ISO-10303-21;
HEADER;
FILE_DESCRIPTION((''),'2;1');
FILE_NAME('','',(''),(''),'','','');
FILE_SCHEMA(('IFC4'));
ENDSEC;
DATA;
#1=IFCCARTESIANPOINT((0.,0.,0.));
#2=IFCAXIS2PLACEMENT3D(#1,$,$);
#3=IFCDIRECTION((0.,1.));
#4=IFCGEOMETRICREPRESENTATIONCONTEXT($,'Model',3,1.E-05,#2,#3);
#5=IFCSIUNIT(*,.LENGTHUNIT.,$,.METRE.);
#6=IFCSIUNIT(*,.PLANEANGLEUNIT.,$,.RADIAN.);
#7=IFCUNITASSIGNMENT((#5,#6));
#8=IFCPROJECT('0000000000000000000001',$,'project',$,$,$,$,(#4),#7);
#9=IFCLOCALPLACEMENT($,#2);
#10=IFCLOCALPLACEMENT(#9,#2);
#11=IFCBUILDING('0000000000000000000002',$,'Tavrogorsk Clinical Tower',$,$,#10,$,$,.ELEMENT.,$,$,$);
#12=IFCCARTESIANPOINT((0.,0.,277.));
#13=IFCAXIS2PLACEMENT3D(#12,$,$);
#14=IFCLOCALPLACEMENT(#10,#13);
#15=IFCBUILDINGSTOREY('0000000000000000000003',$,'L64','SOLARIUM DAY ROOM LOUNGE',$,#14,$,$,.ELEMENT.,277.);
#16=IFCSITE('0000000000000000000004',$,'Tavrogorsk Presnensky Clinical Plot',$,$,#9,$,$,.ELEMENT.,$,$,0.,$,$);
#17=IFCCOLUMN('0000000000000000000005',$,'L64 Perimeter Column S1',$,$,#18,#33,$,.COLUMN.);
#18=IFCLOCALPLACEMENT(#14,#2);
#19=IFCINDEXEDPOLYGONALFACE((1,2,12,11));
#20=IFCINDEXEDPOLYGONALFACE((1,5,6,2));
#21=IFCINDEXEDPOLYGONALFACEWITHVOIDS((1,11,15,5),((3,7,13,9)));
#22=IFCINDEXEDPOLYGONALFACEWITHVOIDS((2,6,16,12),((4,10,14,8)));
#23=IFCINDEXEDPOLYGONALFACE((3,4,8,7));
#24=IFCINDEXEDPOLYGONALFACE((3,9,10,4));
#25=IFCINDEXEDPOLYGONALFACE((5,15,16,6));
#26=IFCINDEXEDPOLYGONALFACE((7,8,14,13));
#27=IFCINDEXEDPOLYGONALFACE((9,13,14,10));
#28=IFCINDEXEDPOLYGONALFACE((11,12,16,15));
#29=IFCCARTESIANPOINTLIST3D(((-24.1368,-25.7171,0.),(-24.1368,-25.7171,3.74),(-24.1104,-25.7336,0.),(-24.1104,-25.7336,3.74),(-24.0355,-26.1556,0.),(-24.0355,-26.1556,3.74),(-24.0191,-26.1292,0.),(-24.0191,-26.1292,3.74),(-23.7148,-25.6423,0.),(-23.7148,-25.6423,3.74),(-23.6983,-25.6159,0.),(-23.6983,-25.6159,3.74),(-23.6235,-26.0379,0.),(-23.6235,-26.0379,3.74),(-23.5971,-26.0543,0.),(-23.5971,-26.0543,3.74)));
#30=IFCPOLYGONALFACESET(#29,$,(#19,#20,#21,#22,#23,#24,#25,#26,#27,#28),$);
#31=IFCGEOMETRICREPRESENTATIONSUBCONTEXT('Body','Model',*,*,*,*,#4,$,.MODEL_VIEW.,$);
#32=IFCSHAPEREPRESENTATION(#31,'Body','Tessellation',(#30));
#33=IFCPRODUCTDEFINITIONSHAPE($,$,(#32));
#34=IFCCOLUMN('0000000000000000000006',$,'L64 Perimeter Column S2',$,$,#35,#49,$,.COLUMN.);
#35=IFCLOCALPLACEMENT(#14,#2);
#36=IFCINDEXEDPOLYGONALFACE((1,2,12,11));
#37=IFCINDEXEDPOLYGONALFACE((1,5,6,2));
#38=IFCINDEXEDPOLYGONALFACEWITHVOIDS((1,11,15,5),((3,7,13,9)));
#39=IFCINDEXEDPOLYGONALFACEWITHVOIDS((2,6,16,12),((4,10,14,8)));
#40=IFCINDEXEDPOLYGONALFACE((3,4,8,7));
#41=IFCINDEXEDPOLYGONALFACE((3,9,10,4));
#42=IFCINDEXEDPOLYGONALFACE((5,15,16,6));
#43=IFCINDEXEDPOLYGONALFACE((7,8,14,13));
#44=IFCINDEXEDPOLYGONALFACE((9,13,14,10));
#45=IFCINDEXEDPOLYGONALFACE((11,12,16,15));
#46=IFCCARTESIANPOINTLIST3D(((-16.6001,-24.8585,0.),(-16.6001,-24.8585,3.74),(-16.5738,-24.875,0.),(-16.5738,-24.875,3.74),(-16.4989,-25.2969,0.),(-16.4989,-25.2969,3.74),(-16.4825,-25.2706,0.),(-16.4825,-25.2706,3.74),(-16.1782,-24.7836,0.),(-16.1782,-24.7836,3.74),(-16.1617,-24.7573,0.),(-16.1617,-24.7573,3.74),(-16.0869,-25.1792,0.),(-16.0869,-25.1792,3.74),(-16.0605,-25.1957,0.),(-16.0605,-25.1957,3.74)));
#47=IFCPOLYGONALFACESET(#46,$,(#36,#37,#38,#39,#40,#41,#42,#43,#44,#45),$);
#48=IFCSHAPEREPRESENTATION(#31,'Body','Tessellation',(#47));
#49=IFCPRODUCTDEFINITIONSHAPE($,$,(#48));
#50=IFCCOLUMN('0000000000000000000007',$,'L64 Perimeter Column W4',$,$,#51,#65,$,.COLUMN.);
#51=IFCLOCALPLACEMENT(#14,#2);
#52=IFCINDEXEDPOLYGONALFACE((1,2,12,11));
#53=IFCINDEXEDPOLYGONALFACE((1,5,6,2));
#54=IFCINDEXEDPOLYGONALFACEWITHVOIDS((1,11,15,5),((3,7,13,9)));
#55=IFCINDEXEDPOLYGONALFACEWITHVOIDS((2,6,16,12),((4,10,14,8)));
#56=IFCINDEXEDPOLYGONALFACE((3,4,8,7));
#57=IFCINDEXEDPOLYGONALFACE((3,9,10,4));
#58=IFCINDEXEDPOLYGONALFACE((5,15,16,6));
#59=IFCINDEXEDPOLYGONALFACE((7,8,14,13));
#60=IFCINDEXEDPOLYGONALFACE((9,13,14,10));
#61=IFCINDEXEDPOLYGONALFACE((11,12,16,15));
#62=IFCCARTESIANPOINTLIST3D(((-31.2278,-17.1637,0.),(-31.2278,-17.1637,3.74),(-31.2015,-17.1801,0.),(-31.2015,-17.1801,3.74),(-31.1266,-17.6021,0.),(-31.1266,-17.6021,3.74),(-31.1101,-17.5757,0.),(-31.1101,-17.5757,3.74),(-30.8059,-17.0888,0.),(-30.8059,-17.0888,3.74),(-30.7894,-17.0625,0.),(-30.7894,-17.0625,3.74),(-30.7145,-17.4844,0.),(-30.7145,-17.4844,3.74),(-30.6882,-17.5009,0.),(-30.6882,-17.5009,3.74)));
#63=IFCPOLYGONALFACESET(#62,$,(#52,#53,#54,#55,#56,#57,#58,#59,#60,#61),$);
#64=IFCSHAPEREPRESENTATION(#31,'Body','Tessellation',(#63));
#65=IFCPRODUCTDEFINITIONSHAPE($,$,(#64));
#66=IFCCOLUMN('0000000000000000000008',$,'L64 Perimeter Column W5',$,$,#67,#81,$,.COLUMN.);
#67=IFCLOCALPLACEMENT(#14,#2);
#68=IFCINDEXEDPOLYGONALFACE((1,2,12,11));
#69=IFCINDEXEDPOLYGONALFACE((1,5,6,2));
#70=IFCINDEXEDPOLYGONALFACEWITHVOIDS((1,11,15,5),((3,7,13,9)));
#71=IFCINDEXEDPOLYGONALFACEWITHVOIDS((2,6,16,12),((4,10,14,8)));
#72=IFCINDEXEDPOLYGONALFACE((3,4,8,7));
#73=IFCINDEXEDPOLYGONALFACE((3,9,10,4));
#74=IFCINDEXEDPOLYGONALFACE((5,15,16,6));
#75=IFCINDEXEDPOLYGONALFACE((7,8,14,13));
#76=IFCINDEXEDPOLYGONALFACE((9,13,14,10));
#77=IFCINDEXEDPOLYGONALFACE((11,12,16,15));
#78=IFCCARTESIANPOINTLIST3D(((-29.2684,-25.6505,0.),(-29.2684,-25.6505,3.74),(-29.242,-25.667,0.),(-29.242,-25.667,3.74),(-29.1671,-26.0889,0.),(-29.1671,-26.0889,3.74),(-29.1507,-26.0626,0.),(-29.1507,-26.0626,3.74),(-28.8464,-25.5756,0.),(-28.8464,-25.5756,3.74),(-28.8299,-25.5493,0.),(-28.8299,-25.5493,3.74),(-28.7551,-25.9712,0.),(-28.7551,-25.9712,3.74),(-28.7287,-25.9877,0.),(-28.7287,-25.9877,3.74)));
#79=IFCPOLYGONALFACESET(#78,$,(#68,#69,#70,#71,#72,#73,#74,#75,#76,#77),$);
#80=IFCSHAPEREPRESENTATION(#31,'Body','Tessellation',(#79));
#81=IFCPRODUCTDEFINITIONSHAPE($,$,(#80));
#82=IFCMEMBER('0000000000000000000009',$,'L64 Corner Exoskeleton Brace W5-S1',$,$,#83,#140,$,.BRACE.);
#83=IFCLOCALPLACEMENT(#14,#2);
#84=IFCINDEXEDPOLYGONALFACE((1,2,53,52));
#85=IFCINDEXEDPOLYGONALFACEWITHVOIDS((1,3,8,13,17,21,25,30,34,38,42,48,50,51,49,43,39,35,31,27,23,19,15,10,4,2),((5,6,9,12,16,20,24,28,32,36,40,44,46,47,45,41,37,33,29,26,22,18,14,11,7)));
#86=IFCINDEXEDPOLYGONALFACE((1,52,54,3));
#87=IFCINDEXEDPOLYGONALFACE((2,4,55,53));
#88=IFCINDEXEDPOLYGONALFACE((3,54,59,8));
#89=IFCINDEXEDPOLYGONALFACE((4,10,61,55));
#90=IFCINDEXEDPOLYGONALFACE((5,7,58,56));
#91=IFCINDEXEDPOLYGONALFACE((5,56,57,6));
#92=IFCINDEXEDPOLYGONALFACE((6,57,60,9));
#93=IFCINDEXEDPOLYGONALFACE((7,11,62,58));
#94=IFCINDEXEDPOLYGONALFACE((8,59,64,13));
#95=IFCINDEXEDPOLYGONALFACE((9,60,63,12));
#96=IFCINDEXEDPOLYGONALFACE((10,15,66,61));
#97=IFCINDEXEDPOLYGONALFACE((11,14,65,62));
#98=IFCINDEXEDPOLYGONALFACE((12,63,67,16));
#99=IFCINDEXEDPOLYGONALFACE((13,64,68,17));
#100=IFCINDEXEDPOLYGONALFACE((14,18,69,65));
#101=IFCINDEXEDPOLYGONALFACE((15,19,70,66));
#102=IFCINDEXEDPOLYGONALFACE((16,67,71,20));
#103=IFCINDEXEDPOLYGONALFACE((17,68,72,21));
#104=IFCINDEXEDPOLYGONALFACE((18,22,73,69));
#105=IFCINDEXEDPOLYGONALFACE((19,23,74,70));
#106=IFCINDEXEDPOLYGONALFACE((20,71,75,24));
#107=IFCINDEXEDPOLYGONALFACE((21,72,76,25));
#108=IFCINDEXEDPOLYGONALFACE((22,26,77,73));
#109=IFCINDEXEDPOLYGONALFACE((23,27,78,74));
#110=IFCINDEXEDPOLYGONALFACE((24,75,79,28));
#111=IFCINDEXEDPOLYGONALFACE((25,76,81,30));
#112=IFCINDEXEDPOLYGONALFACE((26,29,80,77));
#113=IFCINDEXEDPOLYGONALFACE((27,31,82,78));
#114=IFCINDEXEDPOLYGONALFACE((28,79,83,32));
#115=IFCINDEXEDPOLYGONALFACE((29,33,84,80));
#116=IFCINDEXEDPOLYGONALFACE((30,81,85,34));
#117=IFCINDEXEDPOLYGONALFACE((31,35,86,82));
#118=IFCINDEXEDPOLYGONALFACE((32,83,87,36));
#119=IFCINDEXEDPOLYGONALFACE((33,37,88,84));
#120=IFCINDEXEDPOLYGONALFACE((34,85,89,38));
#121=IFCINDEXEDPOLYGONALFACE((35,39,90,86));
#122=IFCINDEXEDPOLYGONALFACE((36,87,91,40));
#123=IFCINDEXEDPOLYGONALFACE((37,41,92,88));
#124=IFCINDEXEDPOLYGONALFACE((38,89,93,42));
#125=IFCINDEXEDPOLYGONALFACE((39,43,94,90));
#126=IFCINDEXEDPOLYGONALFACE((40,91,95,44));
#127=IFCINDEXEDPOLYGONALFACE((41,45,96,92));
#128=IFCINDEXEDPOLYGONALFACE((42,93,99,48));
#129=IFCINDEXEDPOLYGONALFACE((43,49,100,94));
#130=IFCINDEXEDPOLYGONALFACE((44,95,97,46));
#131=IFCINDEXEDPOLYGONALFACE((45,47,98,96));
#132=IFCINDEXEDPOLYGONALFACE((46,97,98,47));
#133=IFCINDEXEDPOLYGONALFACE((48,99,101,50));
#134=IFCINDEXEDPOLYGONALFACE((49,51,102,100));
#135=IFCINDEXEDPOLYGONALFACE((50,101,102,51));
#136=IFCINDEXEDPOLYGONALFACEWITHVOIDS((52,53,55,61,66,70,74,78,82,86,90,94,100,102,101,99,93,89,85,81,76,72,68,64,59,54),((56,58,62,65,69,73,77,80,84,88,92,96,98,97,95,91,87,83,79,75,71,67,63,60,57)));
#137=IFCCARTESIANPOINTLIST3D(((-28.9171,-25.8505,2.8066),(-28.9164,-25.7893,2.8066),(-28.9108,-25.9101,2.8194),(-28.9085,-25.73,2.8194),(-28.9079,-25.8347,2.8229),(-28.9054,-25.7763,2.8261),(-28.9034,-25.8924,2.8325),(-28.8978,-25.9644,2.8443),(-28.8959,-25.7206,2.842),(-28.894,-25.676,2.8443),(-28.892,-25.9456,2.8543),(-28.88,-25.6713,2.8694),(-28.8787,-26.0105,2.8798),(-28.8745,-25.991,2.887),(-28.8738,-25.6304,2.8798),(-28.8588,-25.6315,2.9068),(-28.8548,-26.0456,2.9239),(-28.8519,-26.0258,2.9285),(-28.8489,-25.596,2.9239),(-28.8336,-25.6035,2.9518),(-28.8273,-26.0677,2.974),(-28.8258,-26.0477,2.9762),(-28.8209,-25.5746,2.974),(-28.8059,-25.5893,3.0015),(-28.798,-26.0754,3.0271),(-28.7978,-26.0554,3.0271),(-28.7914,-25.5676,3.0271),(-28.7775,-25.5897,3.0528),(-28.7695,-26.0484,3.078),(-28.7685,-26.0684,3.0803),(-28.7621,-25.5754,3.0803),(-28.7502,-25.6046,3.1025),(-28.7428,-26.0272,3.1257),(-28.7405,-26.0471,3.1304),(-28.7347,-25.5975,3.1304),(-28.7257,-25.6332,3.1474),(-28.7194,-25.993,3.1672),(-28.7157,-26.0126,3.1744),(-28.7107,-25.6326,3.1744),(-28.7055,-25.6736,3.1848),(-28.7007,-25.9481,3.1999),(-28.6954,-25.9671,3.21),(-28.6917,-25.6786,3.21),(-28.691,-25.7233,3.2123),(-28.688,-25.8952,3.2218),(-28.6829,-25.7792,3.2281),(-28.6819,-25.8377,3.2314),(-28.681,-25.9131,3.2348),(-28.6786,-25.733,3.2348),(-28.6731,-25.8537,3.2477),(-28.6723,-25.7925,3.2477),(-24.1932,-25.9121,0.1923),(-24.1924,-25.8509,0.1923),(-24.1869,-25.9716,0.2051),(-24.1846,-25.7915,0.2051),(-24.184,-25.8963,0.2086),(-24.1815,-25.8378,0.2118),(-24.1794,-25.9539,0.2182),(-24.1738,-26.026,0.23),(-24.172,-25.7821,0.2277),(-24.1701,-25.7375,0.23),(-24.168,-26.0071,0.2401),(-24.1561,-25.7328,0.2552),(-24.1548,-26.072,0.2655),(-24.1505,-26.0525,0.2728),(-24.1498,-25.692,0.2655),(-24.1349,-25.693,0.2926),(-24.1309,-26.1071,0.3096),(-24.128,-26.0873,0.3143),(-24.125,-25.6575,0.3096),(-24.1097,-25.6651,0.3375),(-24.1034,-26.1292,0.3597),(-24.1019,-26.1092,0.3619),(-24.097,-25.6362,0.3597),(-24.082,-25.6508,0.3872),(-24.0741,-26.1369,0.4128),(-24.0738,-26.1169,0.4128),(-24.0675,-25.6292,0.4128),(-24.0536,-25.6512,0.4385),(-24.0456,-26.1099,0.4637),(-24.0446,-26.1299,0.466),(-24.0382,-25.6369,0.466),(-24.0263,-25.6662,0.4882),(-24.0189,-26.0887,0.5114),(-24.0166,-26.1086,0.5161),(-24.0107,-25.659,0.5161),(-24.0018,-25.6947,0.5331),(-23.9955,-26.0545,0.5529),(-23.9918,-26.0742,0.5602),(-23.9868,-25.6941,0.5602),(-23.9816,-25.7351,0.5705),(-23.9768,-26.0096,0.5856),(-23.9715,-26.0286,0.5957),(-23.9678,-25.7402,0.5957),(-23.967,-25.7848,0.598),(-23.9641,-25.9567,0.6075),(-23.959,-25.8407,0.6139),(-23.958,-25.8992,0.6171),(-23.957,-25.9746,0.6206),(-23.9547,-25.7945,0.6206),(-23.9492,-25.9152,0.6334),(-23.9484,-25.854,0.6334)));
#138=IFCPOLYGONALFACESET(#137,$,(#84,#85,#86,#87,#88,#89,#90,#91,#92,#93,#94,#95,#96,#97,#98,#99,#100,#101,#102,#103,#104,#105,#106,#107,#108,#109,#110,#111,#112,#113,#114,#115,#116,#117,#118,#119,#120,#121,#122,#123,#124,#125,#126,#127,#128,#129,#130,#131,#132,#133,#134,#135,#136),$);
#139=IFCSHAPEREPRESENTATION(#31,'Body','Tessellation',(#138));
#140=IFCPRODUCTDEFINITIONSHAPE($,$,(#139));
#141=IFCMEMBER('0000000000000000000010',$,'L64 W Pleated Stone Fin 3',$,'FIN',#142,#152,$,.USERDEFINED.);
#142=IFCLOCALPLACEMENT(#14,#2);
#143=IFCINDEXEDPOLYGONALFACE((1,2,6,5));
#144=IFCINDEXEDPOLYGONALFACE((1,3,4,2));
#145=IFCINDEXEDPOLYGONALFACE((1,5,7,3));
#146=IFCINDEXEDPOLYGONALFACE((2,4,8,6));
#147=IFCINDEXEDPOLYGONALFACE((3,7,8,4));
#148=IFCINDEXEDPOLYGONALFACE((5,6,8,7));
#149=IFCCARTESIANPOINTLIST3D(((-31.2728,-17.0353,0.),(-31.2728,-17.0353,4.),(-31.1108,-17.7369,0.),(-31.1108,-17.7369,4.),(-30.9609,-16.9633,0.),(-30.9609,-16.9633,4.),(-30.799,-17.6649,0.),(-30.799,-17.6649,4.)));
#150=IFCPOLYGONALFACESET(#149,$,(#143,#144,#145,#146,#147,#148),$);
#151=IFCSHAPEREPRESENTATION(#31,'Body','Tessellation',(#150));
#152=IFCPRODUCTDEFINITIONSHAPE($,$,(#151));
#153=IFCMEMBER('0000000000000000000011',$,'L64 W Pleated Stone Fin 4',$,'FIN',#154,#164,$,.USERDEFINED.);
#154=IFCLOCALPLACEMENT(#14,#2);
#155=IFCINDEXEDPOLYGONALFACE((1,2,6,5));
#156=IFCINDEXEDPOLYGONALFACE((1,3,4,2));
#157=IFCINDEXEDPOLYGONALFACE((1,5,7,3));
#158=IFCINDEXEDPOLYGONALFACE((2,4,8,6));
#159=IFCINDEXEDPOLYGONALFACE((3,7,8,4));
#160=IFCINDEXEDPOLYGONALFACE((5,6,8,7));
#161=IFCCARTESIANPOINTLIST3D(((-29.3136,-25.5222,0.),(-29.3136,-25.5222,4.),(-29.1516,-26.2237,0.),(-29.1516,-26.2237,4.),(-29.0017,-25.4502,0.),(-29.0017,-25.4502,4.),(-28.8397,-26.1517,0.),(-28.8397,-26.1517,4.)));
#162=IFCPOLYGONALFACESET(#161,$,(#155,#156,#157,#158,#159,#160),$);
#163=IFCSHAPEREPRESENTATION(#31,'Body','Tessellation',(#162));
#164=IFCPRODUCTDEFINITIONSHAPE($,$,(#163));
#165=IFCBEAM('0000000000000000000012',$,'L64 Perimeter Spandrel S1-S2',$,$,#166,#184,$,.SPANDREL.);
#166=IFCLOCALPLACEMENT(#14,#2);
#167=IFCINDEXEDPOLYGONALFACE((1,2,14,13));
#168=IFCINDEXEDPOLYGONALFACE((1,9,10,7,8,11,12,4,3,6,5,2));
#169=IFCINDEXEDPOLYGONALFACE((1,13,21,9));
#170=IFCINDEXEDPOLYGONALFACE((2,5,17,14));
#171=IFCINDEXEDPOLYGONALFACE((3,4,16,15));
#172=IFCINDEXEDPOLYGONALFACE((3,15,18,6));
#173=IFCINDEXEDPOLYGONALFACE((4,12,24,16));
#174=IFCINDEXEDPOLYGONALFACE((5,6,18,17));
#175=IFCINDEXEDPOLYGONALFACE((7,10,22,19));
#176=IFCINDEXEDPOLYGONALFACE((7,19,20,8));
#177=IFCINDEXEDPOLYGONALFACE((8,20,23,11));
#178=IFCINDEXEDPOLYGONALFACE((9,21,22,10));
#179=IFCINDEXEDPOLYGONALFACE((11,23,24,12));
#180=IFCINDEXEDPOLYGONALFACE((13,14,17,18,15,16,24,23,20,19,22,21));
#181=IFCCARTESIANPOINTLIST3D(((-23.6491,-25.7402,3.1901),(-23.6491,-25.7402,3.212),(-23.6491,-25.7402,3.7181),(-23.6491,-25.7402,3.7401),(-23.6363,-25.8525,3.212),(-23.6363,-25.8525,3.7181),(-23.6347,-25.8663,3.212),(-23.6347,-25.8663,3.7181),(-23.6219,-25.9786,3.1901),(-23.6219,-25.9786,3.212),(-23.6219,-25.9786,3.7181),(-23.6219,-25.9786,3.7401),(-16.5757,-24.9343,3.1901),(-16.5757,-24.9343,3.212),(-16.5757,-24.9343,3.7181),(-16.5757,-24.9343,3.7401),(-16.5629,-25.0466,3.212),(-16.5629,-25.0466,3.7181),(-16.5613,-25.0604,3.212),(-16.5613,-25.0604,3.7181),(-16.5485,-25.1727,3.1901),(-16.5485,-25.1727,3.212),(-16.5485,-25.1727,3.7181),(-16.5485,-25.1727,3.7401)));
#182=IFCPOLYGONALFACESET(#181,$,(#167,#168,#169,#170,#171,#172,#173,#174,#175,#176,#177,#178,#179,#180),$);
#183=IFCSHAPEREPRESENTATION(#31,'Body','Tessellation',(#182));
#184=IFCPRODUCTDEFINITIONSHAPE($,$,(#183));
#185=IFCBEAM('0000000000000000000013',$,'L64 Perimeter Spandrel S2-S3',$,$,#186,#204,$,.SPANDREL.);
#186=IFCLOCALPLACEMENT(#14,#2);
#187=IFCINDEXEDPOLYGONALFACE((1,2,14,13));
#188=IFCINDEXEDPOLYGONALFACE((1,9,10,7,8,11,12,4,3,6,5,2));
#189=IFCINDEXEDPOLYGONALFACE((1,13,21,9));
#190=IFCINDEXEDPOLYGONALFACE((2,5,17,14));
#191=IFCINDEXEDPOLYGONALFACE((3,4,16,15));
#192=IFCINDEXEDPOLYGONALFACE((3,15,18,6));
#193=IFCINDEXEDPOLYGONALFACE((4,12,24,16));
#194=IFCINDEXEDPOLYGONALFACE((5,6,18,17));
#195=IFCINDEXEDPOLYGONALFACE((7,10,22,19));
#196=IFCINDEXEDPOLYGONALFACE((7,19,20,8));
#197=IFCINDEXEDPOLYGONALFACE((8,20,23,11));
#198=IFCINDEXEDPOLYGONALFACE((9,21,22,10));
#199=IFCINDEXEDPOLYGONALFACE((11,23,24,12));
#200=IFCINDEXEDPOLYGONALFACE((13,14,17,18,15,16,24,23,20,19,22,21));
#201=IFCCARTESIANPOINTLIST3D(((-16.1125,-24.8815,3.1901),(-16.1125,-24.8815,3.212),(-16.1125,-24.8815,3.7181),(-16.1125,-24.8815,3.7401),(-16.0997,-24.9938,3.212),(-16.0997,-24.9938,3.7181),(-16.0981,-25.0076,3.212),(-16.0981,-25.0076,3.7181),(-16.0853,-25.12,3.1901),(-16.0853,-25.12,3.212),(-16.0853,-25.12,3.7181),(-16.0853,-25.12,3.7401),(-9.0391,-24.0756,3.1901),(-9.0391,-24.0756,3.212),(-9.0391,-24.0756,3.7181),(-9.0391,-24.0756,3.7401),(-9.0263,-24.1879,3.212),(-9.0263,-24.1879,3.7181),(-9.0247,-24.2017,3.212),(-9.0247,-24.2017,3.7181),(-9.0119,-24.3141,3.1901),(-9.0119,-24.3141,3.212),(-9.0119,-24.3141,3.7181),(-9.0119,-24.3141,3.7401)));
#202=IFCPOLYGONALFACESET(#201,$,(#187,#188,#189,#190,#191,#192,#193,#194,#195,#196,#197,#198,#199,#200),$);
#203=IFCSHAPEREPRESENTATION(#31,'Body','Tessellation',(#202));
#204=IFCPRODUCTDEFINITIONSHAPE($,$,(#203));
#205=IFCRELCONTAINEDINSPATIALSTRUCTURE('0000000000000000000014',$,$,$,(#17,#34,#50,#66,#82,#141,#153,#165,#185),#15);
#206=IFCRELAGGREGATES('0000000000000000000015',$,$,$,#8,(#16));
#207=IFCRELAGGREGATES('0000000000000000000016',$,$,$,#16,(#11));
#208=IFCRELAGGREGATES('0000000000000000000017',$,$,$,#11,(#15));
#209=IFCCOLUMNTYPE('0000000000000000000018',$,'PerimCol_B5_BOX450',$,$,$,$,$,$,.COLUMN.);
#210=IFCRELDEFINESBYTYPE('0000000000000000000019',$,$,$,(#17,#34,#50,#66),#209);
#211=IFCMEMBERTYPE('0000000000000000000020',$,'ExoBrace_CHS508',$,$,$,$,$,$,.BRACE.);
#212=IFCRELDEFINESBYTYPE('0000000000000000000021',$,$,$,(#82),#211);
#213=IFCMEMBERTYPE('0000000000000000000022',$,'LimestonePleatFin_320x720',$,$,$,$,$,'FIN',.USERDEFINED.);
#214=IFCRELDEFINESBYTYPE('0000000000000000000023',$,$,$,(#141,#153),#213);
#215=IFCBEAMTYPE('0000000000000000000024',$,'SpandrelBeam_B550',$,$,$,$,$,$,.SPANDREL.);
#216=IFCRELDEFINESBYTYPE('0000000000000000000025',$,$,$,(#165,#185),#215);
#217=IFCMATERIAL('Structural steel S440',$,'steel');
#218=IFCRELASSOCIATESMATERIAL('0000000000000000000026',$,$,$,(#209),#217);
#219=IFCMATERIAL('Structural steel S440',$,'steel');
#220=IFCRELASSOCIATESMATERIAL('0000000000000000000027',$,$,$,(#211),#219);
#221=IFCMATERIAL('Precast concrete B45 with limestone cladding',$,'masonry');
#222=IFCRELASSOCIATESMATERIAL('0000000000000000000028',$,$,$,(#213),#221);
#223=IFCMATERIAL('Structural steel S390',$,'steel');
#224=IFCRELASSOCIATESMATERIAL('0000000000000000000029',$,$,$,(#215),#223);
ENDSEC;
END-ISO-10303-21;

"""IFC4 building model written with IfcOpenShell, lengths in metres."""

from ifc_helpers import new_model, si_unit, direction, frame, origin, origin_2d, place, context, subcontext, project, spatial, rectangle, hollow_rectangle, hollow_circle, i_section, extrude, material, material_profile, profile_set, type_object, element, save


model = new_model("IFC4")

# Units and contexts
model_context = context("Model", 3, precision=1e-05, world=origin(), true_north=direction((0.0, 1.0)))
body_context = subcontext(model_context, "Body", "Model", "MODEL_VIEW")
ifc_project = project(units=[si_unit("LENGTHUNIT", "METRE"), si_unit("PLANEANGLEUNIT", "RADIAN")], contexts=[model_context])

# Site, building, storey
site_placement = place(None, origin())
site = spatial("IfcSite", under=ifc_project, at=site_placement, Name="Tavrogorsk Presnensky Clinical Plot", CompositionType="ELEMENT", RefElevation=0.0)
building_placement = place(site_placement, origin())
building = spatial("IfcBuilding", under=site, at=building_placement, Name="Tavrogorsk Clinical Tower", CompositionType="ELEMENT")
storey_placement = place(building_placement, frame((0.0, 0.0, 277.0)))
storey = spatial("IfcBuildingStorey", under=building, at=storey_placement, Name="L64", Description="SOLARIUM DAY ROOM LOUNGE", CompositionType="ELEMENT", Elevation=277.0)

# Columns
ifc_material_1 = material(Name="Structural steel S440", Category="steel")
ifc_material_profile_1 = material_profile(ifc_material_1, hollow_rectangle(XDim=0.45, YDim=0.45, WallThickness=0.022, at=origin_2d()), Name="BOX-450x450x22")
ifc_profile_set_1 = profile_set([ifc_material_profile_1], Name="Structural steel S440")
column_type = type_object("IfcColumnType", Name="PerimCol_B5_BOX450", PredefinedType="COLUMN", material=ifc_profile_set_1)
for number, where, z_axis, x_axis, name in (
    (1, (-23.8669, -25.8857, 0.0), (0.0, 0.0, 1.0), (0.97437, 0.224951, 0.0), "L64 Perimeter Column S1"),
    (2, (-16.3303, -25.0271, 0.0), (0.0, 0.0, 1.0), (0.97437, 0.224951, 0.0), "L64 Perimeter Column S2"),
    (3, (-30.958, -17.3323, 0.0), (0.0, 0.0, 1.0), (0.97437, 0.224951, 0.0), "L64 Perimeter Column W4"),
    (4, (-28.9985, -25.8191, 0.0), (0.0, 0.0, 1.0), (0.97437, 0.224951, 0.0), "L64 Perimeter Column W5"),
):
    element("IfcColumn", number, at=place(storey_placement, frame(where, z_axis=z_axis, x_axis=x_axis)), inside=storey, type_object=column_type, Name=name, PredefinedType="COLUMN", context=body_context, shape_type="SweptSolid", body=[
        extrude(hollow_rectangle(XDim=0.45, YDim=0.45, WallThickness=0.022, at=origin_2d()), origin(), (0.0, 0.0, 1.0), 3.74),
    ])

# Members
ifc_material_2 = material(Name="Structural steel S440", Category="steel")
ifc_material_profile_2 = material_profile(ifc_material_2, hollow_circle(Radius=0.2539, WallThickness=0.02, at=origin_2d()), Name="CHS-508x20")
ifc_profile_set_2 = profile_set([ifc_material_profile_2], Name="Structural steel S440")
member_type_1 = type_object("IfcMemberType", Name="ExoBrace_CHS508", PredefinedType="BRACE", material=ifc_profile_set_2)
member_placement = place(storey_placement, frame((-24.0708, -25.8831, 0.4128), z_axis=(-0.874895, 0.011395, 0.484179), x_axis=(-0.013023, -0.999915, 0.0)))
element("IfcMember", 5, at=member_placement, inside=storey, type_object=member_type_1, Name="L64 Corner Exoskeleton Brace W5-S1", PredefinedType="BRACE", context=body_context, shape_type="SweptSolid", body=[
    extrude(hollow_circle(Radius=0.2539, WallThickness=0.02, at=origin_2d()), origin(), (0.0, 0.0, 1.0), 5.3994),
])
ifc_material_3 = material(Name="Precast concrete B45 with limestone cladding", Category="masonry")
ifc_material_profile_3 = material_profile(ifc_material_3, rectangle(XDim=0.3201, YDim=0.72, at=origin_2d()), Name="LIMESTONE-FIN-320x720")
ifc_profile_set_3 = profile_set([ifc_material_profile_3], Name="Precast concrete B45 with limestone cladding")
member_type_2 = type_object("IfcMemberType", Name="LimestonePleatFin_320x720", ElementType="FIN", PredefinedType="USERDEFINED", material=ifc_profile_set_3)
for number, where, z_axis, x_axis, name in (
    (6, (-31.0359, -17.3501, 0.0), (0.0, 0.0, 1.0), (0.97437, 0.224951, 0.0), "L64 W Pleated Stone Fin 3"),
    (7, (-29.0767, -25.8369, 0.0), (0.0, 0.0, 1.0), (0.97437, 0.224951, 0.0), "L64 W Pleated Stone Fin 4"),
):
    element("IfcMember", number, at=place(storey_placement, frame(where, z_axis=z_axis, x_axis=x_axis)), inside=storey, type_object=member_type_2, Name=name, ObjectType="FIN", PredefinedType="USERDEFINED", context=body_context, shape_type="SweptSolid", body=[
        extrude(rectangle(XDim=0.3201, YDim=0.72, at=origin_2d()), origin(), (0.0, 0.0, 1.0), 4.0),
    ])

# Beams
ifc_material_4 = material(Name="Structural steel S390", Category="steel")
ifc_material_profile_4 = material_profile(ifc_material_4, i_section(OverallWidth=0.24, OverallDepth=0.55, WebThickness=0.0139, FlangeThickness=0.022, at=origin_2d()), Name="B-550x240x14x22")
ifc_profile_set_4 = profile_set([ifc_material_profile_4], Name="Structural steel S390")
beam_type_1 = type_object("IfcBeamType", Name="SpandrelBeam_B550", PredefinedType="SPANDREL", material=ifc_profile_set_4)
for number, where, z_axis, x_axis, name in (
    (8, (-23.6355, -25.8594, 3.4651), (0.993572, 0.113201, 0.0), (-0.113201, 0.993572, 0.0), "L64 Perimeter Spandrel S1-S2"),
    (9, (-16.0989, -25.0007, 3.4651), (0.993572, 0.113201, 0.0), (-0.113201, 0.993572, 0.0), "L64 Perimeter Spandrel S2-S3"),
):
    element("IfcBeam", number, at=place(storey_placement, frame(where, z_axis=z_axis, x_axis=x_axis)), inside=storey, type_object=beam_type_1, Name=name, PredefinedType="SPANDREL", context=body_context, shape_type="SweptSolid", body=[
        extrude(i_section(OverallWidth=0.24, OverallDepth=0.55, WebThickness=0.0139, FlangeThickness=0.022, at=origin_2d()), origin(), (0.0, 0.0, 1.0), 7.1191),
    ])

save(model, "model.ifc")
